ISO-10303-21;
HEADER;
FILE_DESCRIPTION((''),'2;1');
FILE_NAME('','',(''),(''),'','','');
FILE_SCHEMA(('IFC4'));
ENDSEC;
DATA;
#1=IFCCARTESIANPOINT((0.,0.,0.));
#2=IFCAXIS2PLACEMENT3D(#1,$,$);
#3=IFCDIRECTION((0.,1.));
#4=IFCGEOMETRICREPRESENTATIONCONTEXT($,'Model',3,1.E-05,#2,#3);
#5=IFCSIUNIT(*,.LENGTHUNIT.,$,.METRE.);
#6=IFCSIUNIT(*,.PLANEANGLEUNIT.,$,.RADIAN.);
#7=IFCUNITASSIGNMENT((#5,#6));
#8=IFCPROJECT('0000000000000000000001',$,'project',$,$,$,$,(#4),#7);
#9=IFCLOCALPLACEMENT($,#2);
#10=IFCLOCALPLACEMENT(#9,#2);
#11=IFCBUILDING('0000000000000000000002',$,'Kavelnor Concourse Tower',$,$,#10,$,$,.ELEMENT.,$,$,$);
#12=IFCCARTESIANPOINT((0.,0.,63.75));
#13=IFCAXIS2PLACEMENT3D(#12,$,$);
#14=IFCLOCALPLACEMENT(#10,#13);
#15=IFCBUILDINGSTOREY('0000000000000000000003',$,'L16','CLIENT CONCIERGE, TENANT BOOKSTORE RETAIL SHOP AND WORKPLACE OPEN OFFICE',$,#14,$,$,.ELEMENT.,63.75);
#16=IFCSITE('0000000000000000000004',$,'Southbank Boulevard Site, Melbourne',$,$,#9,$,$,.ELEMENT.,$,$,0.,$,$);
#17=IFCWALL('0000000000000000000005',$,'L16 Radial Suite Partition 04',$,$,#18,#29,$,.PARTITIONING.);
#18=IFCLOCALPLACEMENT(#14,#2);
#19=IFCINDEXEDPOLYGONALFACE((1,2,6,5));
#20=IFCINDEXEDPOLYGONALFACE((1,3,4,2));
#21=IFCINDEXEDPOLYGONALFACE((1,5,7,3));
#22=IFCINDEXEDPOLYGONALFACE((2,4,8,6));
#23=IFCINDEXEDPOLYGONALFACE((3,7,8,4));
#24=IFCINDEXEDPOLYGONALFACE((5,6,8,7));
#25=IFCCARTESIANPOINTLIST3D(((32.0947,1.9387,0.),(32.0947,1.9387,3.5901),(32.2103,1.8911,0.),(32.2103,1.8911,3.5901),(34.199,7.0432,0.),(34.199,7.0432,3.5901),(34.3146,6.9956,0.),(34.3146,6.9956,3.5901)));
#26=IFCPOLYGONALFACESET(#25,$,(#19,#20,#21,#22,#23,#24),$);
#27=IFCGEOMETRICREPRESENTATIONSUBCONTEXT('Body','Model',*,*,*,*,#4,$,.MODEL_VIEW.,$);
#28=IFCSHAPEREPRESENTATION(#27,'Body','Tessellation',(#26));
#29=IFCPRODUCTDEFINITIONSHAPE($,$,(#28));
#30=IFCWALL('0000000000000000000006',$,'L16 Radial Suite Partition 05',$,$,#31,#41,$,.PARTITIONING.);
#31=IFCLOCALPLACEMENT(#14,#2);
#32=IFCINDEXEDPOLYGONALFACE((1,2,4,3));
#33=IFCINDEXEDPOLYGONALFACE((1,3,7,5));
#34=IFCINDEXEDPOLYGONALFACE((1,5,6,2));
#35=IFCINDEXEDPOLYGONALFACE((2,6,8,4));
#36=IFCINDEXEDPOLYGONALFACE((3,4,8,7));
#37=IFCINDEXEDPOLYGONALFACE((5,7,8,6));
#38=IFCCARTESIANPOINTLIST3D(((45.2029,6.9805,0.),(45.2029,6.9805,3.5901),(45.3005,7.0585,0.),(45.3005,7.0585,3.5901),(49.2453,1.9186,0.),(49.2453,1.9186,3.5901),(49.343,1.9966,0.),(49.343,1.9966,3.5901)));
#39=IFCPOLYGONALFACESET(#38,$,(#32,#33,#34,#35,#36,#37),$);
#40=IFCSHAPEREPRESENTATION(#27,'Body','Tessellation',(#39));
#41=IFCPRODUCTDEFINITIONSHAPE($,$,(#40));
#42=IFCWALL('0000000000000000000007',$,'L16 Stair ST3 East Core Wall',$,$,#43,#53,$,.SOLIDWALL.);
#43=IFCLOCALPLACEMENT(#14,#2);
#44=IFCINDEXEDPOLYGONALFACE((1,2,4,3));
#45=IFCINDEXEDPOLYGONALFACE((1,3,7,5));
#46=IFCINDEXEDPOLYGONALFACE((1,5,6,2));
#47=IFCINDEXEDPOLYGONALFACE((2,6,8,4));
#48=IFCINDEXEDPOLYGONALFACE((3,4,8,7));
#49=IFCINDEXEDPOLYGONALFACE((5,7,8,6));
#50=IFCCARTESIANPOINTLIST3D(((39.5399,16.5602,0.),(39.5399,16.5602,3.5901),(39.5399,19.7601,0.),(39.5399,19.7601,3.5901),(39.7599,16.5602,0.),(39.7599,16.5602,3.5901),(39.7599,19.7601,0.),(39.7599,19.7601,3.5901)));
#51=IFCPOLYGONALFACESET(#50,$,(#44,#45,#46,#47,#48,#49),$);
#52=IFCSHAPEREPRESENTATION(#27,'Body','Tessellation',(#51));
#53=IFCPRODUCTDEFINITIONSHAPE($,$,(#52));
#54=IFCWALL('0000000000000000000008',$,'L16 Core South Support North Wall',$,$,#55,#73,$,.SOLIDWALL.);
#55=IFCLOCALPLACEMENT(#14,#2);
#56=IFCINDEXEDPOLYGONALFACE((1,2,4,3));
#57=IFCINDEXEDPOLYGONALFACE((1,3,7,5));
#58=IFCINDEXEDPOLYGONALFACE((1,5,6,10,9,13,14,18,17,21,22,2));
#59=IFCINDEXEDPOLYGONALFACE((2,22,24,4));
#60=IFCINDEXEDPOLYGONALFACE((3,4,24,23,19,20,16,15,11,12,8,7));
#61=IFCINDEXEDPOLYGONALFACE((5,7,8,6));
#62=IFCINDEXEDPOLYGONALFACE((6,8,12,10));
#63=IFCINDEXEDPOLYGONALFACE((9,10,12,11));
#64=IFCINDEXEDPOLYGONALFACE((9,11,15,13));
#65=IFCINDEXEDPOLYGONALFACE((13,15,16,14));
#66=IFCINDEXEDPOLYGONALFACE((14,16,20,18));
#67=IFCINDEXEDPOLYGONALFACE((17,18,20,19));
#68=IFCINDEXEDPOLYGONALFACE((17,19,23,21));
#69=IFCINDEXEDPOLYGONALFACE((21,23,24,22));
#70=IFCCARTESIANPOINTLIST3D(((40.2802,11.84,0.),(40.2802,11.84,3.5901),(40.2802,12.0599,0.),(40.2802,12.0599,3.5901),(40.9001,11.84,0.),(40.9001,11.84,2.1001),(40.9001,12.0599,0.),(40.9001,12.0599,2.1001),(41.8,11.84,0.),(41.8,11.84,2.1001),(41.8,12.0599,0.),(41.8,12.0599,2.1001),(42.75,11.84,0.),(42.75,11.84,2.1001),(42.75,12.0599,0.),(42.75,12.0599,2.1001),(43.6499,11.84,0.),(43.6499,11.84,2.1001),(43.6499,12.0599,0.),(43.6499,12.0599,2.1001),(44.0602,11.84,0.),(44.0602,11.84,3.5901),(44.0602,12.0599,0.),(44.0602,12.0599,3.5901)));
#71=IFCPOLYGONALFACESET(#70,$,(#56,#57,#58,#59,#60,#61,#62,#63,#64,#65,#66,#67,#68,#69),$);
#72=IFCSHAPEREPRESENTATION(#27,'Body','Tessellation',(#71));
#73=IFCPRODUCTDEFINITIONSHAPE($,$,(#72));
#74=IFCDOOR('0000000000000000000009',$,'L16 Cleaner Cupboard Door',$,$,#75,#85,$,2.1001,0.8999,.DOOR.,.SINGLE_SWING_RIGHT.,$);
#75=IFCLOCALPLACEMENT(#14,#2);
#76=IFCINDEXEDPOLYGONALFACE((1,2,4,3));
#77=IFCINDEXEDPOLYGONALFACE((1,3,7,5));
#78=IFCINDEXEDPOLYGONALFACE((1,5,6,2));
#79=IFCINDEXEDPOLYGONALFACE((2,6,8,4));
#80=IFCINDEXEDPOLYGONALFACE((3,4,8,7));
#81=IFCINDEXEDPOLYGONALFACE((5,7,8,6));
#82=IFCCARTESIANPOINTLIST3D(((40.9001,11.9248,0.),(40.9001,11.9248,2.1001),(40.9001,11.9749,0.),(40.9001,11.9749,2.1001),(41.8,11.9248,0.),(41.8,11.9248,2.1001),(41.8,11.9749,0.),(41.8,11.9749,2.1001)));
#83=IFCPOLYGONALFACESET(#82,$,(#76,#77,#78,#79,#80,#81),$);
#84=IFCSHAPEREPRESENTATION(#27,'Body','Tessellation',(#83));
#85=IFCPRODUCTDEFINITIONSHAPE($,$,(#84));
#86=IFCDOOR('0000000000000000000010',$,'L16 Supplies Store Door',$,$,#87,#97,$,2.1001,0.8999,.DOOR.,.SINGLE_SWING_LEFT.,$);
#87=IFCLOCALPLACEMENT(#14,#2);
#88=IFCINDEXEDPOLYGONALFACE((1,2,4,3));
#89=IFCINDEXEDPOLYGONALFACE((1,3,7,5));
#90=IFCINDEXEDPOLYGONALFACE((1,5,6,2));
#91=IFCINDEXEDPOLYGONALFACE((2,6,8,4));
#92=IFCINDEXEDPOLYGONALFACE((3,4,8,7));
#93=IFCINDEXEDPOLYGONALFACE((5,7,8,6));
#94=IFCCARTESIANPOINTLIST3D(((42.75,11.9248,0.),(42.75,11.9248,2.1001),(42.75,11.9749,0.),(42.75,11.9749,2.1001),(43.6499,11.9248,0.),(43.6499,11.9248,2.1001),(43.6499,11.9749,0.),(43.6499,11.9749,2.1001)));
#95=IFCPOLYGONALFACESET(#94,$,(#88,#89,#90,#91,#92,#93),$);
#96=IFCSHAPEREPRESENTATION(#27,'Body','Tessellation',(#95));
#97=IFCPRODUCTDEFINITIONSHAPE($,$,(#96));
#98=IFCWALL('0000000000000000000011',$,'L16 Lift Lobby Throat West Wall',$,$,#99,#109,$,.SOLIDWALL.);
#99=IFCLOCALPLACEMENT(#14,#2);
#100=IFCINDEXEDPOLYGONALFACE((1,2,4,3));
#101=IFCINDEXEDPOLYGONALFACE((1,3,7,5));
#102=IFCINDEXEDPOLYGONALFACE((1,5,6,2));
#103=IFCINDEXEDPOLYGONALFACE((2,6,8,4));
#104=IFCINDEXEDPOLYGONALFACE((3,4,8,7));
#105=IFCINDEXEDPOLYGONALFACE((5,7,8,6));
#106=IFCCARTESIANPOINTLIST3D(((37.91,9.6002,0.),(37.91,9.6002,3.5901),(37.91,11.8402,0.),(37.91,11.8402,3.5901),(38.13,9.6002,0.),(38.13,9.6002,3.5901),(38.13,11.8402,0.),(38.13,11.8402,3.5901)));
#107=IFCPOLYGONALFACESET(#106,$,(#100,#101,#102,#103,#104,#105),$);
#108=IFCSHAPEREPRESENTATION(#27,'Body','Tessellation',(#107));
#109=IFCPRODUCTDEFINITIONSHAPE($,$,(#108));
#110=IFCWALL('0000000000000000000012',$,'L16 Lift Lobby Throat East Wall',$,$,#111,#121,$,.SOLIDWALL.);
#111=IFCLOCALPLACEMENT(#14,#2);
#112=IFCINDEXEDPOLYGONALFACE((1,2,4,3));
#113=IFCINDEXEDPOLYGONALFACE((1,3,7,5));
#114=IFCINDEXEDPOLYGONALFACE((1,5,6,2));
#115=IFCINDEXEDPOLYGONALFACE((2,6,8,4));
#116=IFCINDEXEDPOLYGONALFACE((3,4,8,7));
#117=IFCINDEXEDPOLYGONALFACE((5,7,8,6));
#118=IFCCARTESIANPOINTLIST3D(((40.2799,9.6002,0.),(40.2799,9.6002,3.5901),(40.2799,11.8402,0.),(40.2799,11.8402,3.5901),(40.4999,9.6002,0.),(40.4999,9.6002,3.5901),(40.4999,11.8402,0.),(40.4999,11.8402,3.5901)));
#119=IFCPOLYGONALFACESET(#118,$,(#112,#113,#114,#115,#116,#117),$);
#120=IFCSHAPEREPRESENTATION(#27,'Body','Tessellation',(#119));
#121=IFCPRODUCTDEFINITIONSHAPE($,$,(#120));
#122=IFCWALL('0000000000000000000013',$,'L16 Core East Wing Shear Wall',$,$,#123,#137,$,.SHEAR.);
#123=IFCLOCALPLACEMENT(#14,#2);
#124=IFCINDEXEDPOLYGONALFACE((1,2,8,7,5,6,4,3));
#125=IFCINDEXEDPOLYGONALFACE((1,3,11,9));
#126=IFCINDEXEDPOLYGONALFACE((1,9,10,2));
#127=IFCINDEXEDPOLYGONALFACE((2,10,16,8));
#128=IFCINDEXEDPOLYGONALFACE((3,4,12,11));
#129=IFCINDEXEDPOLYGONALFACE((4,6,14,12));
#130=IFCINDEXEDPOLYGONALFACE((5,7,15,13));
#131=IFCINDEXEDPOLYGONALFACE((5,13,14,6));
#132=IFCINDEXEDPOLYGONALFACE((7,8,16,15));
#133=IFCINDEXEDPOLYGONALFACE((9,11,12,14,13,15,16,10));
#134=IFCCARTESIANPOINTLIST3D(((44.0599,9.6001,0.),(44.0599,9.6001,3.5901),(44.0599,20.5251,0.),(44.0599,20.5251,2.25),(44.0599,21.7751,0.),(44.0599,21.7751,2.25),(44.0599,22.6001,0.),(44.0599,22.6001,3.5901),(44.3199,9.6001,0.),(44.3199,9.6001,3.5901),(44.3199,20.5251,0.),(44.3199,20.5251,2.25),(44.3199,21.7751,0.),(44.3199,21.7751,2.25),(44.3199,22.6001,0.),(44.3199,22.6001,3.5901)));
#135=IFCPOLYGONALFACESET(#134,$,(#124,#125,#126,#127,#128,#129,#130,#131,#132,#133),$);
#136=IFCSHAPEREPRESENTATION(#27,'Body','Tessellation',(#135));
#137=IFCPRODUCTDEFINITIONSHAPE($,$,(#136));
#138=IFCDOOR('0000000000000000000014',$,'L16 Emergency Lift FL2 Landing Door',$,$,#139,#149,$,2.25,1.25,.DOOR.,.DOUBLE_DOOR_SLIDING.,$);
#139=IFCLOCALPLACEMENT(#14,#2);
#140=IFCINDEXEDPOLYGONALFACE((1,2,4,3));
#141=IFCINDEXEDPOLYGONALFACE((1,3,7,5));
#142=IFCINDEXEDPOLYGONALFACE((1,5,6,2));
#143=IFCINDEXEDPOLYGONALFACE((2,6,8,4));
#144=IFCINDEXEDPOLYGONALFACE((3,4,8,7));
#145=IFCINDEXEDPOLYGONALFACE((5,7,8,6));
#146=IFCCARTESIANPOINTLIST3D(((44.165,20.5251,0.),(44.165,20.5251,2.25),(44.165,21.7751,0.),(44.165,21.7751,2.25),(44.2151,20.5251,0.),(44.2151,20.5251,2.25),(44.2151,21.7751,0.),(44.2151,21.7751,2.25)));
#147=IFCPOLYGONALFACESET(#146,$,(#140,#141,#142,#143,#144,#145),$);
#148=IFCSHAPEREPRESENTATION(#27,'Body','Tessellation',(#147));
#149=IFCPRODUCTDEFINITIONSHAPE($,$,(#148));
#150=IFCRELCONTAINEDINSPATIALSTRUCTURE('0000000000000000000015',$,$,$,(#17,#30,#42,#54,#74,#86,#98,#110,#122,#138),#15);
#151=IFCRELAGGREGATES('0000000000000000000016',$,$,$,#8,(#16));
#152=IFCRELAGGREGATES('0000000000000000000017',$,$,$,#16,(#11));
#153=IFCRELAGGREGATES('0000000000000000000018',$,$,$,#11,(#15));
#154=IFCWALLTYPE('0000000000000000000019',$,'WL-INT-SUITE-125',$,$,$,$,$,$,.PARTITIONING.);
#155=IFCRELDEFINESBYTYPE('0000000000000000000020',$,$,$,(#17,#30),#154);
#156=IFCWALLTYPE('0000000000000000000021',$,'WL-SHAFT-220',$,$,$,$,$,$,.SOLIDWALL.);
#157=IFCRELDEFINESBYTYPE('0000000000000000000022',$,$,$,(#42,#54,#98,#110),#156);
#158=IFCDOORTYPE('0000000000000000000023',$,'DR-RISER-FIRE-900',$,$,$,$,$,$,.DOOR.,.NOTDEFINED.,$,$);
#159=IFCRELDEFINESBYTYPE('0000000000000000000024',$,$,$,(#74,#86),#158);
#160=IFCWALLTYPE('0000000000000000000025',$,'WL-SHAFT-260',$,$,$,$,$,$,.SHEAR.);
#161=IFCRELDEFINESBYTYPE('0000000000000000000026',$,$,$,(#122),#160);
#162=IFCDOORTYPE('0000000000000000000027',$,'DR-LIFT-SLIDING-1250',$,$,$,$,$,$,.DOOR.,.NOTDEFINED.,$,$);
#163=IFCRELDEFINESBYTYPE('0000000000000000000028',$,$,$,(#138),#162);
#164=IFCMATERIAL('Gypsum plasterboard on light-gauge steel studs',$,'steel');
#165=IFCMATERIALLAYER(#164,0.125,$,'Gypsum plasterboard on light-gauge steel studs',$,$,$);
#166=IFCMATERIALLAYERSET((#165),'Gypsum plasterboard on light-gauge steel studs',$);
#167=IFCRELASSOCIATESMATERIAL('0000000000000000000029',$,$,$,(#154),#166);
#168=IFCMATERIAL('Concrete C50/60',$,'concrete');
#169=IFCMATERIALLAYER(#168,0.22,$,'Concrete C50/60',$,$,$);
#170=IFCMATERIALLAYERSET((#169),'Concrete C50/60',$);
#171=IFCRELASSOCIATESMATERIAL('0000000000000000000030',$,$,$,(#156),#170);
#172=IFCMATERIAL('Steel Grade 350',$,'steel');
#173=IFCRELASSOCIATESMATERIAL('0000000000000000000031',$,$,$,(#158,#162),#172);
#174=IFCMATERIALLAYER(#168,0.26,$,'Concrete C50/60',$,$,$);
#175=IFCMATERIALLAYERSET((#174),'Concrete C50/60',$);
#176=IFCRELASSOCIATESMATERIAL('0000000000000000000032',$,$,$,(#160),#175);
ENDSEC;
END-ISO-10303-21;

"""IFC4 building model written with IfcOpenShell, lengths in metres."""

from ifc_helpers import new_model, si_unit, direction, frame, frame_2d, origin, place, context, subcontext, project, spatial, rectangle, extrude, material, layer, layer_set, type_object, element, fill, save


model = new_model("IFC4")

# Units and contexts
model_context = context("Model", 3, precision=1e-05, world=origin(), true_north=direction((0.0, 1.0)))
body_context = subcontext(model_context, "Body", "Model", "MODEL_VIEW")
ifc_project = project(units=[si_unit("LENGTHUNIT", "METRE"), si_unit("PLANEANGLEUNIT", "RADIAN")], contexts=[model_context])

# Site, building, storey
site_placement = place(None, origin())
site = spatial("IfcSite", under=ifc_project, at=site_placement, Name="Southbank Boulevard Site, Melbourne", CompositionType="ELEMENT", RefElevation=0.0)
building_placement = place(site_placement, origin())
building = spatial("IfcBuilding", under=site, at=building_placement, Name="Kavelnor Concourse Tower", CompositionType="ELEMENT")
storey_placement = place(building_placement, frame((0.0, 0.0, 63.75)))
storey = spatial("IfcBuildingStorey", under=building, at=storey_placement, Name="L16", Description="CLIENT CONCIERGE, TENANT BOOKSTORE RETAIL SHOP AND WORKPLACE OPEN OFFICE", CompositionType="ELEMENT", Elevation=63.75)

# Shared definitions
ifc_material_1 = material(Name="Steel Grade 350", Category="steel")

# Walls
ifc_material_2 = material(Name="Gypsum plasterboard on light-gauge steel studs", Category="steel")
ifc_layer_1 = layer(ifc_material_2, 0.125, Name="Gypsum plasterboard on light-gauge steel studs")
ifc_layer_set_1 = layer_set([ifc_layer_1], Name="Gypsum plasterboard on light-gauge steel studs")
wall_type_1 = type_object("IfcWallType", Name="WL-INT-SUITE-125", PredefinedType="PARTITIONING", material=ifc_layer_set_1)
wall_1_placement = place(storey_placement, frame((34.2568, 7.0195, 0.0), z_axis=(0.0, 0.0, 1.0), x_axis=(-0.381121, -0.924525, 0.0)))
element("IfcWall", 1, at=wall_1_placement, inside=storey, type_object=wall_type_1, Name="L16 Radial Suite Partition 04", PredefinedType="PARTITIONING", context=body_context, shape_type="SweptSolid", body=[
    extrude(rectangle(XDim=5.5212, YDim=0.125, at=frame_2d((2.7607, 0.0))), origin(), (0.0, 0.0, 1.0), 3.5901),
])
wall_2_placement = place(storey_placement, frame((45.2517, 7.0195, 0.0), z_axis=(0.0, 0.0, 1.0), x_axis=(0.624024, -0.781405, 0.0)))
element("IfcWall", 2, at=wall_2_placement, inside=storey, type_object=wall_type_1, Name="L16 Radial Suite Partition 05", PredefinedType="PARTITIONING", context=body_context, shape_type="SweptSolid", body=[
    extrude(rectangle(XDim=6.478, YDim=0.125, at=frame_2d((3.239, 0.0))), origin(), (0.0, 0.0, 1.0), 3.5901),
])
ifc_material_3 = material(Name="Concrete C50/60", Category="concrete")
ifc_layer_2 = layer(ifc_material_3, 0.22, Name="Concrete C50/60")
ifc_layer_set_2 = layer_set([ifc_layer_2], Name="Concrete C50/60")
wall_type_2 = type_object("IfcWallType", Name="WL-SHAFT-220", PredefinedType="SOLIDWALL", material=ifc_layer_set_2)
wall_3_placement = place(storey_placement, frame((39.6499, 16.5601, 0.0), z_axis=(0.0, 0.0, 1.0), x_axis=(0.0, 1.0, 0.0)))
element("IfcWall", 3, at=wall_3_placement, inside=storey, type_object=wall_type_2, Name="L16 Stair ST3 East Core Wall", PredefinedType="SOLIDWALL", context=body_context, shape_type="SweptSolid", body=[
    extrude(rectangle(XDim=3.2, YDim=0.22, at=frame_2d((1.6001, 0.0))), origin(), (0.0, 0.0, 1.0), 3.5901),
])

# Wall, openings, doors
wall_4_placement = place(storey_placement, frame((40.28, 11.95, 0.0), z_axis=(0.0, 0.0, 1.0), x_axis=(1.0, 0.0, 0.0)))
wall_4 = element("IfcWall", 4, at=wall_4_placement, inside=storey, type_object=wall_type_2, Name="L16 Core South Support North Wall", PredefinedType="SOLIDWALL", context=body_context, shape_type="SweptSolid", body=[
    extrude(rectangle(XDim=3.78, YDim=0.22, at=frame_2d((1.8901, 0.0))), origin(), (0.0, 0.0, 1.0), 3.5901),
])
opening_1_placement = place(wall_4_placement, frame((0.6201, 0.0, 0.0)))
opening_1 = element("IfcOpeningElement", 5, at=opening_1_placement, cuts=wall_4, PredefinedType="OPENING", context=body_context, shape_type="SweptSolid", body=[
    extrude(rectangle(XDim=0.8999, YDim=2.1001, at=frame_2d((0.45, 1.05))), frame((0.0, 0.1201, 0.0), z_axis=(0.0, -1.0, 0.0), x_axis=(1.0, 0.0, 0.0)), (0.0, 0.0, 1.0), 0.24),
])
opening_2_placement = place(wall_4_placement, frame((2.47, 0.0, 0.0)))
opening_2 = element("IfcOpeningElement", 6, at=opening_2_placement, cuts=wall_4, PredefinedType="OPENING", context=body_context, shape_type="SweptSolid", body=[
    extrude(rectangle(XDim=0.8999, YDim=2.1001, at=frame_2d((0.45, 1.05))), frame((0.0, 0.1201, 0.0), z_axis=(0.0, -1.0, 0.0), x_axis=(1.0, 0.0, 0.0)), (0.0, 0.0, 1.0), 0.24),
])
door_type_1 = type_object("IfcDoorType", Name="DR-RISER-FIRE-900", OperationType="NOTDEFINED", PredefinedType="DOOR", material=ifc_material_1)
door_1_placement = place(opening_1_placement, origin())
door_1 = element("IfcDoor", 7, at=door_1_placement, inside=storey, type_object=door_type_1, Name="L16 Cleaner Cupboard Door", OperationType="SINGLE_SWING_RIGHT", OverallHeight=2.1001, OverallWidth=0.8999, PredefinedType="DOOR", context=body_context, shape_type="SweptSolid", body=[
    extrude(rectangle(XDim=0.8999, YDim=2.1001, at=frame_2d((0.45, 1.05))), frame((0.0, 0.0249, 0.0), z_axis=(0.0, -1.0, 0.0), x_axis=(1.0, 0.0, 0.0)), (0.0, 0.0, 1.0), 0.05),
])
fill(opening_1, door_1)
door_2_placement = place(opening_2_placement, origin())
door_2 = element("IfcDoor", 8, at=door_2_placement, inside=storey, type_object=door_type_1, Name="L16 Supplies Store Door", OperationType="SINGLE_SWING_LEFT", OverallHeight=2.1001, OverallWidth=0.8999, PredefinedType="DOOR", context=body_context, shape_type="SweptSolid", body=[
    extrude(rectangle(XDim=0.8999, YDim=2.1001, at=frame_2d((0.45, 1.05))), frame((0.0, 0.0249, 0.0), z_axis=(0.0, -1.0, 0.0), x_axis=(1.0, 0.0, 0.0)), (0.0, 0.0, 1.0), 0.05),
])
fill(opening_2, door_2)

# Walls
for number, where, z_axis, x_axis, name in (
    (9, (38.02, 9.6001, 0.0), (0.0, 0.0, 1.0), (0.0, 1.0, 0.0), "L16 Lift Lobby Throat West Wall"),
    (10, (40.3899, 9.6001, 0.0), (0.0, 0.0, 1.0), (0.0, 1.0, 0.0), "L16 Lift Lobby Throat East Wall"),
):
    element("IfcWall", number, at=place(storey_placement, frame(where, z_axis=z_axis, x_axis=x_axis)), inside=storey, type_object=wall_type_2, Name=name, PredefinedType="SOLIDWALL", context=body_context, shape_type="SweptSolid", body=[
        extrude(rectangle(XDim=2.24, YDim=0.22, at=frame_2d((1.1201, 0.0))), origin(), (0.0, 0.0, 1.0), 3.5901),
    ])

# Wall, opening, door
ifc_layer_3 = layer(ifc_material_3, 0.26, Name="Concrete C50/60")
ifc_layer_set_3 = layer_set([ifc_layer_3], Name="Concrete C50/60")
wall_type_3 = type_object("IfcWallType", Name="WL-SHAFT-260", PredefinedType="SHEAR", material=ifc_layer_set_3)
wall_5_placement = place(storey_placement, frame((44.1899, 9.6001, 0.0), z_axis=(0.0, 0.0, 1.0), x_axis=(0.0, 1.0, 0.0)))
wall_5 = element("IfcWall", 11, at=wall_5_placement, inside=storey, type_object=wall_type_3, Name="L16 Core East Wing Shear Wall", PredefinedType="SHEAR", context=body_context, shape_type="SweptSolid", body=[
    extrude(rectangle(XDim=13.0, YDim=0.26, at=frame_2d((6.5, 0.0))), origin(), (0.0, 0.0, 1.0), 3.5901),
])
opening_3_placement = place(wall_5_placement, frame((10.925, 0.0, 0.0)))
opening_3 = element("IfcOpeningElement", 12, at=opening_3_placement, cuts=wall_5, PredefinedType="OPENING", context=body_context, shape_type="SweptSolid", body=[
    extrude(rectangle(XDim=1.25, YDim=2.25, at=frame_2d((0.625, 1.125))), frame((0.0, 0.1401, 0.0), z_axis=(0.0, -1.0, 0.0), x_axis=(1.0, 0.0, 0.0)), (0.0, 0.0, 1.0), 0.28),
])
door_type_2 = type_object("IfcDoorType", Name="DR-LIFT-SLIDING-1250", OperationType="NOTDEFINED", PredefinedType="DOOR", material=ifc_material_1)
door_3_placement = place(opening_3_placement, origin())
door_3 = element("IfcDoor", 13, at=door_3_placement, inside=storey, type_object=door_type_2, Name="L16 Emergency Lift FL2 Landing Door", OperationType="DOUBLE_DOOR_SLIDING", OverallHeight=2.25, OverallWidth=1.25, PredefinedType="DOOR", context=body_context, shape_type="SweptSolid", body=[
    extrude(rectangle(XDim=1.25, YDim=2.25, at=frame_2d((0.625, 1.125))), frame((0.0, 0.0249, 0.0), z_axis=(0.0, -1.0, 0.0), x_axis=(1.0, 0.0, 0.0)), (0.0, 0.0, 1.0), 0.05),
])
fill(opening_3, door_3)

save(model, "model.ifc")
